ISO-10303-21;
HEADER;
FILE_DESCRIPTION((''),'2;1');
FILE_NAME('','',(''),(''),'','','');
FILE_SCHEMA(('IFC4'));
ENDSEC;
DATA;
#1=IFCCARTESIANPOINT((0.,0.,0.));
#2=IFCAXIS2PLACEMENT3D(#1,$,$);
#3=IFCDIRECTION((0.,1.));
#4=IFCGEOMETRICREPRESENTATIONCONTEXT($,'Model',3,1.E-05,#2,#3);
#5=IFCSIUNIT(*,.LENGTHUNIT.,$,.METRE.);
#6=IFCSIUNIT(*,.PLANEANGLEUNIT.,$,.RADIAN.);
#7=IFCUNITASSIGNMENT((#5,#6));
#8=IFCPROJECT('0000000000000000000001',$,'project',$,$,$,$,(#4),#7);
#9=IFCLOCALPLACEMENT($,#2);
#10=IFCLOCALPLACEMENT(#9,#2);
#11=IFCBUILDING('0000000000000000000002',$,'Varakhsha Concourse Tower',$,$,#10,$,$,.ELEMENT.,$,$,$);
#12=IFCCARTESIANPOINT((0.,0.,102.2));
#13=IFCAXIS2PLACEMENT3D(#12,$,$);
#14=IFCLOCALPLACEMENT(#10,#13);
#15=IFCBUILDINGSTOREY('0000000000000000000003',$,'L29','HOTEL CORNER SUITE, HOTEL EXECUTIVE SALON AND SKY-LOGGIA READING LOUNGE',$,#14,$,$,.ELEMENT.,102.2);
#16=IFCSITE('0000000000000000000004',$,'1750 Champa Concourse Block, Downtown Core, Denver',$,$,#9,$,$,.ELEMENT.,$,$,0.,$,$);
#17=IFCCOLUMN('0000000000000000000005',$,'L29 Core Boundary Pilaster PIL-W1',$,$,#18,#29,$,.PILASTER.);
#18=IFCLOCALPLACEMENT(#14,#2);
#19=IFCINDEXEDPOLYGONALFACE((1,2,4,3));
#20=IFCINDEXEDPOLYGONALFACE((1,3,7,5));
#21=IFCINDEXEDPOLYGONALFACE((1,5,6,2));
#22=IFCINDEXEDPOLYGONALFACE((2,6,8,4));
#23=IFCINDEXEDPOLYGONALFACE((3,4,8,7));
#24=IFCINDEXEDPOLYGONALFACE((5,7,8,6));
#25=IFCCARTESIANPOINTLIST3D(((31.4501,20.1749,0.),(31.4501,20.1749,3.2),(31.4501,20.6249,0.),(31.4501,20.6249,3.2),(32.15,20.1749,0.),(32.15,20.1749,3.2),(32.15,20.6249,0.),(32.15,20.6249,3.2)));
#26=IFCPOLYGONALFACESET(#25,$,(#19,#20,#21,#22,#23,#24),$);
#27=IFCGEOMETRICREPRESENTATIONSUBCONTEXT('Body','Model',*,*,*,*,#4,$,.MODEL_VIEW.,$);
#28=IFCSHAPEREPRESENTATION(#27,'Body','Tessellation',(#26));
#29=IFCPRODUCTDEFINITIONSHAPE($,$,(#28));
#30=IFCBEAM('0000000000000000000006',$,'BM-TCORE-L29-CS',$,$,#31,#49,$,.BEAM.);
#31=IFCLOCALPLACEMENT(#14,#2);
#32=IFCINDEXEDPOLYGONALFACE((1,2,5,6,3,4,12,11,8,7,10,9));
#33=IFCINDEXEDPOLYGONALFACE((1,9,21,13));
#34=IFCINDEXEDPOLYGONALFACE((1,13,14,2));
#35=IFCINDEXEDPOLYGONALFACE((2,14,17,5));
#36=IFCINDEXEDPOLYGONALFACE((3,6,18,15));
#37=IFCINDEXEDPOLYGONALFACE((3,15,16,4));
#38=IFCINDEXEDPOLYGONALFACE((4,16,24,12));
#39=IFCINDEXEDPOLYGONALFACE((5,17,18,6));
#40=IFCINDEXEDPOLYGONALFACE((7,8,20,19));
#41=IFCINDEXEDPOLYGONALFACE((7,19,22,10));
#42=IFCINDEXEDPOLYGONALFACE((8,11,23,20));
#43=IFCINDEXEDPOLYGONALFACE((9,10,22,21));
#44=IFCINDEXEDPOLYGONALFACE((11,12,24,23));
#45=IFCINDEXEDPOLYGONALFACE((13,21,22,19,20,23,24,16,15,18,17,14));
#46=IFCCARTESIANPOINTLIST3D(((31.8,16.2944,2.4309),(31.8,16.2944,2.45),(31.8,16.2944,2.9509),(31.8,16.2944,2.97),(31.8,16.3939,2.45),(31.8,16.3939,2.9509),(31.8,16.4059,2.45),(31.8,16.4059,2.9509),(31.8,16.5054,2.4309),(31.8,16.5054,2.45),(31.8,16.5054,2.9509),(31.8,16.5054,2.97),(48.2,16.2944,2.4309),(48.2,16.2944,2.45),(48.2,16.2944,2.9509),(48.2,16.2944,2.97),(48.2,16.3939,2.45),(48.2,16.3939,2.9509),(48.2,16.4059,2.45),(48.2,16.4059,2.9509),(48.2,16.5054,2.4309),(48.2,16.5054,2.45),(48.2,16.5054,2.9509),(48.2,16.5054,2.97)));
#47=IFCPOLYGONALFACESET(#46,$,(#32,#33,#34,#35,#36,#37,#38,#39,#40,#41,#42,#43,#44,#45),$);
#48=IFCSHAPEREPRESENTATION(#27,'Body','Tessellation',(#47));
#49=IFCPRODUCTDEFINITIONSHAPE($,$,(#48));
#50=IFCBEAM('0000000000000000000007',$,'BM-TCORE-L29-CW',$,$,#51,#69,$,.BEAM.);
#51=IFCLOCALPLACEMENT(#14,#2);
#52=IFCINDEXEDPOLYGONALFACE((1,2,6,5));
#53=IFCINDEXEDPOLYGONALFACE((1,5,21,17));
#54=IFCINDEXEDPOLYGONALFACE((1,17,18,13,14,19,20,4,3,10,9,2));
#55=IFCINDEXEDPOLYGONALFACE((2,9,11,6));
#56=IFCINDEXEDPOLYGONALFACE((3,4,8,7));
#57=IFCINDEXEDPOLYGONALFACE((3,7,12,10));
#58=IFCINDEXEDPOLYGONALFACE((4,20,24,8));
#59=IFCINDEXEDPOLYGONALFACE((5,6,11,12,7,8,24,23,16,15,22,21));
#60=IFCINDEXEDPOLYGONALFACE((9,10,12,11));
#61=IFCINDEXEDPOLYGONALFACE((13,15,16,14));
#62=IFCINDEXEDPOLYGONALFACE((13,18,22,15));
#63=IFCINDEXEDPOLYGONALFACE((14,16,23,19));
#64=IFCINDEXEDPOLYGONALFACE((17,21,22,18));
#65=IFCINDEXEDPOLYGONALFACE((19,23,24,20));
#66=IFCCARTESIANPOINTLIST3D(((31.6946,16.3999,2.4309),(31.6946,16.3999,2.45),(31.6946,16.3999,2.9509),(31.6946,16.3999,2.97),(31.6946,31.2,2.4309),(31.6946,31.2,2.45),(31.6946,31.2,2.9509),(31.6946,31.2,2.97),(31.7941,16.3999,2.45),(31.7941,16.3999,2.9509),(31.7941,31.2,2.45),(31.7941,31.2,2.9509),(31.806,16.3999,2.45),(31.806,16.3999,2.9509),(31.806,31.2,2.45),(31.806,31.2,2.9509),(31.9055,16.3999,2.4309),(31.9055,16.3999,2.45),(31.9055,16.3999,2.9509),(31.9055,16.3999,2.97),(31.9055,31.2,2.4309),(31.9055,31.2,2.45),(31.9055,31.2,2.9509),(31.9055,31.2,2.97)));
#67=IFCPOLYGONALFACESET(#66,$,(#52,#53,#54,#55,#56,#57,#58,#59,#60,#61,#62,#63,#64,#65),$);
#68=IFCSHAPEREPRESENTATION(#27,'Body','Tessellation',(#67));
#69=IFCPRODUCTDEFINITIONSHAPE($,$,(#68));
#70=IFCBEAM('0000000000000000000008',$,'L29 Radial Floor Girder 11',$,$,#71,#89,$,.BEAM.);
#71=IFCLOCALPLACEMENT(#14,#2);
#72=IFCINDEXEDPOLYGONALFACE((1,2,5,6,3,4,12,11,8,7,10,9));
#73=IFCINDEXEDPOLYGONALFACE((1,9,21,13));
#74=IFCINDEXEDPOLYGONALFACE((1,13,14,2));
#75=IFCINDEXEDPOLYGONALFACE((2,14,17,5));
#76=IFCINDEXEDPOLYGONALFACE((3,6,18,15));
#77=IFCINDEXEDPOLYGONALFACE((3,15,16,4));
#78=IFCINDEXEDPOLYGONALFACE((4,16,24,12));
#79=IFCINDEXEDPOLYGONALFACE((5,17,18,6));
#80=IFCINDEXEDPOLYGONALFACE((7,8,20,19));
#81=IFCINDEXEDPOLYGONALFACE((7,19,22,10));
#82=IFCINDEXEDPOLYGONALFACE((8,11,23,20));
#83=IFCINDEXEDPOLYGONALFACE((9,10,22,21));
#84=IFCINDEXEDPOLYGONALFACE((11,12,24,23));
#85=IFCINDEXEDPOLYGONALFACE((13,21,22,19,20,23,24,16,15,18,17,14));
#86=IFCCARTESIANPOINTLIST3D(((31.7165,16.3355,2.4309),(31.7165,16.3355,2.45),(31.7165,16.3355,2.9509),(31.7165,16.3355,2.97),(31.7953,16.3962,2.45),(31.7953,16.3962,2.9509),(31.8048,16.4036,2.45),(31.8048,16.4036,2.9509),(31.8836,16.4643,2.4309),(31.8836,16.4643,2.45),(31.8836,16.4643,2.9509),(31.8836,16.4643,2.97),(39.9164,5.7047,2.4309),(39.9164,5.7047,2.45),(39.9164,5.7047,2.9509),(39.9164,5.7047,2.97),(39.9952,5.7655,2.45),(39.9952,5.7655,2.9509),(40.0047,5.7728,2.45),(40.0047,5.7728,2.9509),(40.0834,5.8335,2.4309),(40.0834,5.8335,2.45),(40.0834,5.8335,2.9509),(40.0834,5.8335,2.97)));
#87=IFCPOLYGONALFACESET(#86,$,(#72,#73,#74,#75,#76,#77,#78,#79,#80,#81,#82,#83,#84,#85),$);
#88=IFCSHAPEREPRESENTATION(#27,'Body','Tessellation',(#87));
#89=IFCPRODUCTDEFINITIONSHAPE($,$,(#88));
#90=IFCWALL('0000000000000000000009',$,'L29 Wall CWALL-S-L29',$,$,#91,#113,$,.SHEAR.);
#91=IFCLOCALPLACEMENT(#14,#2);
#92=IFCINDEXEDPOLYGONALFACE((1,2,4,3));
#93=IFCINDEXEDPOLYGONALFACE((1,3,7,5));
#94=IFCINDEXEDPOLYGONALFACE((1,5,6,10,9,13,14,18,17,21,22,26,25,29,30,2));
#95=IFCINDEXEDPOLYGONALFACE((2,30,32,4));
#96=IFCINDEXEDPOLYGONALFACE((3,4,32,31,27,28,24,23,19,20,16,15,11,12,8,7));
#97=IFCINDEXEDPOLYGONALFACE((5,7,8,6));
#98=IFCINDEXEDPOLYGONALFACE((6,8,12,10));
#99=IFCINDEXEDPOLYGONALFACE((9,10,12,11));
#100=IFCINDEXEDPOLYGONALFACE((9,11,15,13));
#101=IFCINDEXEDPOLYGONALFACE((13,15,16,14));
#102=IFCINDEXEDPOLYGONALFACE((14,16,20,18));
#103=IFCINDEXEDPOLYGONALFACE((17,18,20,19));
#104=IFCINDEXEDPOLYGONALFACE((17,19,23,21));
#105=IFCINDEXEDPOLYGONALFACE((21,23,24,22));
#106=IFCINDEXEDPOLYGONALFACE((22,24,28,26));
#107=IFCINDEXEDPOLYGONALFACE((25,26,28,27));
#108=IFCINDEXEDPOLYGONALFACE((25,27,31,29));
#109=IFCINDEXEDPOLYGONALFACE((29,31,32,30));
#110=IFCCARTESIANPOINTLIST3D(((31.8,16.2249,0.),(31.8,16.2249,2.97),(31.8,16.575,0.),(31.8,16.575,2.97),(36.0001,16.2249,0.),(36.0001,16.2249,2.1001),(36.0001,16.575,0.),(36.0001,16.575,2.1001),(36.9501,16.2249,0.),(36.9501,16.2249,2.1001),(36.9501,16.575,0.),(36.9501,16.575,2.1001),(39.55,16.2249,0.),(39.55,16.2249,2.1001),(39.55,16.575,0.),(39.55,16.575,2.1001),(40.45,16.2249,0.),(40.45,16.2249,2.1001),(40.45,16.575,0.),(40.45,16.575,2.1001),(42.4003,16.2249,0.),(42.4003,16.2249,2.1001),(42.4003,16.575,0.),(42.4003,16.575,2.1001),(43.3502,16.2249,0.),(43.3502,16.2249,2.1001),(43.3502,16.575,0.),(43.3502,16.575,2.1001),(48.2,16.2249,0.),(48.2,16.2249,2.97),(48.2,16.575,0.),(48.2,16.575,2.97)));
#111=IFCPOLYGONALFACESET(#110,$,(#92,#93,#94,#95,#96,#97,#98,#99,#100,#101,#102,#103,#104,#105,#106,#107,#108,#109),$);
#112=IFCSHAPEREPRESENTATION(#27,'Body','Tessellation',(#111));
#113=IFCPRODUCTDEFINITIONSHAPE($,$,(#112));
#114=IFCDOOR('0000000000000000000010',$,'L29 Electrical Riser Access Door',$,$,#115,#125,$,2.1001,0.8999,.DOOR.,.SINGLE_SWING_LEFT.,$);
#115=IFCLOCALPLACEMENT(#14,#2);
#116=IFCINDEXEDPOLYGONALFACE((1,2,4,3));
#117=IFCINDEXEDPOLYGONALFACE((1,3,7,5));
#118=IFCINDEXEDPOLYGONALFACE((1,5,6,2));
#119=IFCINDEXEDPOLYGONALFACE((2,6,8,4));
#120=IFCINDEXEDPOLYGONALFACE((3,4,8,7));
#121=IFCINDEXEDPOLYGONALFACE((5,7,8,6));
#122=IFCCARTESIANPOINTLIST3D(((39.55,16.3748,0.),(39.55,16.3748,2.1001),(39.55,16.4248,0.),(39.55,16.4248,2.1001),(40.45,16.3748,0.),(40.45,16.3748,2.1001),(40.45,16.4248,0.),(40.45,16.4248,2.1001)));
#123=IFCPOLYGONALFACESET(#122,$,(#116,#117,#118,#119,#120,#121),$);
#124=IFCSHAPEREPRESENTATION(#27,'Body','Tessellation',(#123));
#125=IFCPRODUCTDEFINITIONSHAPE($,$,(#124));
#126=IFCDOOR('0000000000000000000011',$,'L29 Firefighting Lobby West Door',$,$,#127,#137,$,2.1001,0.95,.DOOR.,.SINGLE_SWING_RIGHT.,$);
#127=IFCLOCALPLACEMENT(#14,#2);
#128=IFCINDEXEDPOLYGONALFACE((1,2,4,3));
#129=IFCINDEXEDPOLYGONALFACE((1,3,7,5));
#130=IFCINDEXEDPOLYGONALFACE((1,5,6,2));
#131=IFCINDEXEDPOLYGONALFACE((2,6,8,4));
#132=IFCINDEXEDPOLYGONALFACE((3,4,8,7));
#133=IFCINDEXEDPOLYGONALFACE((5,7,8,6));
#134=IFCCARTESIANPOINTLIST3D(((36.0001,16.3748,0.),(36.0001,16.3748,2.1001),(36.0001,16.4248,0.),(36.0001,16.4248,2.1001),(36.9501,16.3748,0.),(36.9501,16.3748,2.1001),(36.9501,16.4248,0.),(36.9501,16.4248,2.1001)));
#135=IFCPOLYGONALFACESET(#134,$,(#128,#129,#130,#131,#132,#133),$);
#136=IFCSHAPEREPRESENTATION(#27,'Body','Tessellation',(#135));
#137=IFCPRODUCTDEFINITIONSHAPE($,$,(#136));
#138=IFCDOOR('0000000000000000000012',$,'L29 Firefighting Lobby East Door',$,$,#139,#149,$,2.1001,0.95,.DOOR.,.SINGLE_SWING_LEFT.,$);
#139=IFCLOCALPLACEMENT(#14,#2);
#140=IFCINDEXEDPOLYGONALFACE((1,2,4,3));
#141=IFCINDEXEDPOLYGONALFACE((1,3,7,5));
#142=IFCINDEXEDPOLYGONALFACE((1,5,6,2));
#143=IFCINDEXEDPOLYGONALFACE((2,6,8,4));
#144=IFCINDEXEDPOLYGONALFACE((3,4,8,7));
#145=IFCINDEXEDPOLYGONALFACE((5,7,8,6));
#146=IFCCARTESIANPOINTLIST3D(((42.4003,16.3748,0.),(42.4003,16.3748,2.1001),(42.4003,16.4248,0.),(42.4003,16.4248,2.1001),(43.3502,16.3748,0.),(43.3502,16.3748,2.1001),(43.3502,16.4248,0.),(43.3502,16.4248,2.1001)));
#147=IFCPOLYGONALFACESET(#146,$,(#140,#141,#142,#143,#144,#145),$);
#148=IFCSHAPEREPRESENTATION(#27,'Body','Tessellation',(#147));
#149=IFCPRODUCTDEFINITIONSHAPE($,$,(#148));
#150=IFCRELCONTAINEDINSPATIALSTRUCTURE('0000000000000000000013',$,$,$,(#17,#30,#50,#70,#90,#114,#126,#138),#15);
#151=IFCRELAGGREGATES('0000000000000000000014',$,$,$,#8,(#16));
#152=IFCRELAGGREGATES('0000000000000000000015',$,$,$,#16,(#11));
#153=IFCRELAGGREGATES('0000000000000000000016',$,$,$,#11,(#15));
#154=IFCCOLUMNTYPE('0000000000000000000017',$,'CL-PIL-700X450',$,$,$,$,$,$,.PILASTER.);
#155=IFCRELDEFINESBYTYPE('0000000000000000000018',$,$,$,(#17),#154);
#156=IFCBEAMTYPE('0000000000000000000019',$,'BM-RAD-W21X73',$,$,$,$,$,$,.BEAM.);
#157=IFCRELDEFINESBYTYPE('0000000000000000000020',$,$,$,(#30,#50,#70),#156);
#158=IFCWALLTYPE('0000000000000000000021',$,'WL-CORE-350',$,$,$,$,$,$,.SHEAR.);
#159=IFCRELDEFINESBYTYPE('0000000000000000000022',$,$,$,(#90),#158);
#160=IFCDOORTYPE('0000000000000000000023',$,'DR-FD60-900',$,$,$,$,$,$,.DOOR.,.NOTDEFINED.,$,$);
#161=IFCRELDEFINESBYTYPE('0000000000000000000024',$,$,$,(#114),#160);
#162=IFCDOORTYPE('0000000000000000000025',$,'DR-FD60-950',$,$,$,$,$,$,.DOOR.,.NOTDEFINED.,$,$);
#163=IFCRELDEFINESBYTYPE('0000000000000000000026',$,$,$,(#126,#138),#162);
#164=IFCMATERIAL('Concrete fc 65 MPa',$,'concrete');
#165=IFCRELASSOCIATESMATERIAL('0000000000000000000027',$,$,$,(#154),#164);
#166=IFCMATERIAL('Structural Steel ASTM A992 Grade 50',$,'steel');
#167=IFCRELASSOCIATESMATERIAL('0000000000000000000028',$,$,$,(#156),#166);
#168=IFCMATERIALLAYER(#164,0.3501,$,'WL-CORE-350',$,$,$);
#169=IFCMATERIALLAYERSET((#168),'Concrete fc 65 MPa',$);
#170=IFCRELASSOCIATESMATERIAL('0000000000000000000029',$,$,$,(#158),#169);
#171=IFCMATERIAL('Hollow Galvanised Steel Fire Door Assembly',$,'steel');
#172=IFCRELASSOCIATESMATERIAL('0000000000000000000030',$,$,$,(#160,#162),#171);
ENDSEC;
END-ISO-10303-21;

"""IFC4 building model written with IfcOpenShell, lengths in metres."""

from ifc_helpers import new_model, si_unit, direction, frame, frame_2d, origin, origin_2d, place, context, subcontext, project, spatial, rectangle, i_section, extrude, material, layer, layer_set, material_profile, profile_set, type_object, element, fill, save


model = new_model("IFC4")

# Units and contexts
model_context = context("Model", 3, precision=1e-05, world=origin(), true_north=direction((0.0, 1.0)))
body_context = subcontext(model_context, "Body", "Model", "MODEL_VIEW")
ifc_project = project(units=[si_unit("LENGTHUNIT", "METRE"), si_unit("PLANEANGLEUNIT", "RADIAN")], contexts=[model_context])

# Site, building, storey
site_placement = place(None, origin())
site = spatial("IfcSite", under=ifc_project, at=site_placement, Name="1750 Champa Concourse Block, Downtown Core, Denver", CompositionType="ELEMENT", RefElevation=0.0)
building_placement = place(site_placement, origin())
building = spatial("IfcBuilding", under=site, at=building_placement, Name="Varakhsha Concourse Tower", CompositionType="ELEMENT")
storey_placement = place(building_placement, frame((0.0, 0.0, 102.2)))
storey = spatial("IfcBuildingStorey", under=building, at=storey_placement, Name="L29", Description="HOTEL CORNER SUITE, HOTEL EXECUTIVE SALON AND SKY-LOGGIA READING LOUNGE", CompositionType="ELEMENT", Elevation=102.2)

# Column
ifc_material_1 = material(Name="Concrete fc 65 MPa", Category="concrete")
ifc_material_profile_1 = material_profile(ifc_material_1, rectangle(XDim=0.7, YDim=0.45, at=origin_2d()), Name="RC 700x450")
ifc_profile_set_1 = profile_set([ifc_material_profile_1], Name="Concrete fc 65 MPa")
column_type = type_object("IfcColumnType", Name="CL-PIL-700X450", PredefinedType="PILASTER", material=ifc_profile_set_1)
column_placement = place(storey_placement, frame((31.8, 20.3999, 0.0), z_axis=(0.0, 0.0, 1.0), x_axis=(1.0, 0.0, 0.0)))
element("IfcColumn", 1, at=column_placement, inside=storey, type_object=column_type, Name="L29 Core Boundary Pilaster PIL-W1", PredefinedType="PILASTER", context=body_context, shape_type="SweptSolid", body=[
    extrude(rectangle(XDim=0.7, YDim=0.45, at=origin_2d()), origin(), (0.0, 0.0, 1.0), 3.2),
])

# Beams
ifc_material_2 = material(Name="Structural Steel ASTM A992 Grade 50", Category="steel")
ifc_material_profile_2 = material_profile(ifc_material_2, i_section(OverallWidth=0.2109, OverallDepth=0.5391, WebThickness=0.012, FlangeThickness=0.019, at=origin_2d()), Name="W21X73")
ifc_profile_set_2 = profile_set([ifc_material_profile_2], Name="Structural Steel ASTM A992 Grade 50")
beam_type = type_object("IfcBeamType", Name="BM-RAD-W21X73", PredefinedType="BEAM", material=ifc_profile_set_2)
beam_1_placement = place(storey_placement, frame((31.8, 16.3999, 2.7004), z_axis=(1.0, 0.0, 0.0), x_axis=(0.0, 1.0, 0.0)))
element("IfcBeam", 2, at=beam_1_placement, inside=storey, type_object=beam_type, Name="BM-TCORE-L29-CS", PredefinedType="BEAM", context=body_context, shape_type="SweptSolid", body=[
    extrude(i_section(OverallWidth=0.2109, OverallDepth=0.5391, WebThickness=0.012, FlangeThickness=0.019, at=origin_2d()), origin(), (0.0, 0.0, 1.0), 16.3999),
])
beam_2_placement = place(storey_placement, frame((31.8, 16.3999, 2.7004), z_axis=(0.0, 1.0, 0.0), x_axis=(-1.0, 0.0, 0.0)))
element("IfcBeam", 3, at=beam_2_placement, inside=storey, type_object=beam_type, Name="BM-TCORE-L29-CW", PredefinedType="BEAM", context=body_context, shape_type="SweptSolid", body=[
    extrude(i_section(OverallWidth=0.2109, OverallDepth=0.5391, WebThickness=0.012, FlangeThickness=0.019, at=origin_2d()), origin(), (0.0, 0.0, 1.0), 14.8),
])
beam_3_placement = place(storey_placement, frame((31.8, 16.3999, 2.7004), z_axis=(0.610757, -0.791818, 0.0), x_axis=(0.791818, 0.610757, 0.0)))
element("IfcBeam", 4, at=beam_3_placement, inside=storey, type_object=beam_type, Name="L29 Radial Floor Girder 11", PredefinedType="BEAM", context=body_context, shape_type="SweptSolid", body=[
    extrude(i_section(OverallWidth=0.2109, OverallDepth=0.5391, WebThickness=0.012, FlangeThickness=0.019, at=origin_2d()), origin(), (0.0, 0.0, 1.0), 13.4258),
])

# Wall, openings, doors
ifc_layer_1 = layer(ifc_material_1, 0.3501, Name="WL-CORE-350")
ifc_layer_set_1 = layer_set([ifc_layer_1], Name="Concrete fc 65 MPa")
wall_type_1 = type_object("IfcWallType", Name="WL-CORE-350", PredefinedType="SHEAR", material=ifc_layer_set_1)
wall_1_placement = place(storey_placement, frame((31.8, 16.3999, 0.0), z_axis=(0.0, 0.0, 1.0), x_axis=(1.0, 0.0, 0.0)))
wall_1 = element("IfcWall", 5, at=wall_1_placement, inside=storey, type_object=wall_type_1, Name="L29 Wall CWALL-S-L29", PredefinedType="SHEAR", context=body_context, shape_type="SweptSolid", body=[
    extrude(rectangle(XDim=16.3999, YDim=0.3501, at=frame_2d((8.2, 0.0))), origin(), (0.0, 0.0, 1.0), 2.97),
])
opening_1_placement = place(wall_1_placement, frame((7.75, 0.0, 0.0)))
opening_1 = element("IfcOpeningElement", 6, at=opening_1_placement, cuts=wall_1, PredefinedType="OPENING", context=body_context, shape_type="SweptSolid", body=[
    extrude(rectangle(XDim=0.8999, YDim=2.1001, at=frame_2d((0.45, 1.05))), frame((0.0, 0.1851, 0.0), z_axis=(0.0, -1.0, 0.0), x_axis=(1.0, 0.0, 0.0)), (0.0, 0.0, 1.0), 0.3701),
])
opening_2_placement = place(wall_1_placement, frame((4.2, 0.0, 0.0)))
opening_2 = element("IfcOpeningElement", 7, at=opening_2_placement, cuts=wall_1, PredefinedType="OPENING", context=body_context, shape_type="SweptSolid", body=[
    extrude(rectangle(XDim=0.95, YDim=2.1001, at=frame_2d((0.4751, 1.05))), frame((0.0, 0.1851, 0.0), z_axis=(0.0, -1.0, 0.0), x_axis=(1.0, 0.0, 0.0)), (0.0, 0.0, 1.0), 0.3701),
])
opening_3_placement = place(wall_1_placement, frame((10.6001, 0.0, 0.0)))
opening_3 = element("IfcOpeningElement", 8, at=opening_3_placement, cuts=wall_1, PredefinedType="OPENING", context=body_context, shape_type="SweptSolid", body=[
    extrude(rectangle(XDim=0.95, YDim=2.1001, at=frame_2d((0.4751, 1.05))), frame((0.0, 0.1851, 0.0), z_axis=(0.0, -1.0, 0.0), x_axis=(1.0, 0.0, 0.0)), (0.0, 0.0, 1.0), 0.3701),
])
ifc_material_3 = material(Name="Hollow Galvanised Steel Fire Door Assembly", Category="steel")
door_type_1 = type_object("IfcDoorType", Name="DR-FD60-900", OperationType="NOTDEFINED", PredefinedType="DOOR", material=ifc_material_3)
door_1_placement = place(opening_1_placement, origin())
door_1 = element("IfcDoor", 9, at=door_1_placement, inside=storey, type_object=door_type_1, Name="L29 Electrical Riser Access Door", OperationType="SINGLE_SWING_LEFT", OverallHeight=2.1001, OverallWidth=0.8999, PredefinedType="DOOR", context=body_context, shape_type="SweptSolid", body=[
    extrude(rectangle(XDim=0.8999, YDim=2.1001, at=frame_2d((0.45, 1.05))), frame((0.0, 0.0249, 0.0), z_axis=(0.0, -1.0, 0.0), x_axis=(1.0, 0.0, 0.0)), (0.0, 0.0, 1.0), 0.05),
])
fill(opening_1, door_1)
door_type_2 = type_object("IfcDoorType", Name="DR-FD60-950", OperationType="NOTDEFINED", PredefinedType="DOOR", material=ifc_material_3)
door_2_placement = place(opening_2_placement, origin())
door_2 = element("IfcDoor", 10, at=door_2_placement, inside=storey, type_object=door_type_2, Name="L29 Firefighting Lobby West Door", OperationType="SINGLE_SWING_RIGHT", OverallHeight=2.1001, OverallWidth=0.95, PredefinedType="DOOR", context=body_context, shape_type="SweptSolid", body=[
    extrude(rectangle(XDim=0.95, YDim=2.1001, at=frame_2d((0.4751, 1.05))), frame((0.0, 0.0249, 0.0), z_axis=(0.0, -1.0, 0.0), x_axis=(1.0, 0.0, 0.0)), (0.0, 0.0, 1.0), 0.05),
])
fill(opening_2, door_2)
door_3_placement = place(opening_3_placement, origin())
door_3 = element("IfcDoor", 11, at=door_3_placement, inside=storey, type_object=door_type_2, Name="L29 Firefighting Lobby East Door", OperationType="SINGLE_SWING_LEFT", OverallHeight=2.1001, OverallWidth=0.95, PredefinedType="DOOR", context=body_context, shape_type="SweptSolid", body=[
    extrude(rectangle(XDim=0.95, YDim=2.1001, at=frame_2d((0.4751, 1.05))), frame((0.0, 0.0249, 0.0), z_axis=(0.0, -1.0, 0.0), x_axis=(1.0, 0.0, 0.0)), (0.0, 0.0, 1.0), 0.05),
])
fill(opening_3, door_3)

save(model, "model.ifc")
